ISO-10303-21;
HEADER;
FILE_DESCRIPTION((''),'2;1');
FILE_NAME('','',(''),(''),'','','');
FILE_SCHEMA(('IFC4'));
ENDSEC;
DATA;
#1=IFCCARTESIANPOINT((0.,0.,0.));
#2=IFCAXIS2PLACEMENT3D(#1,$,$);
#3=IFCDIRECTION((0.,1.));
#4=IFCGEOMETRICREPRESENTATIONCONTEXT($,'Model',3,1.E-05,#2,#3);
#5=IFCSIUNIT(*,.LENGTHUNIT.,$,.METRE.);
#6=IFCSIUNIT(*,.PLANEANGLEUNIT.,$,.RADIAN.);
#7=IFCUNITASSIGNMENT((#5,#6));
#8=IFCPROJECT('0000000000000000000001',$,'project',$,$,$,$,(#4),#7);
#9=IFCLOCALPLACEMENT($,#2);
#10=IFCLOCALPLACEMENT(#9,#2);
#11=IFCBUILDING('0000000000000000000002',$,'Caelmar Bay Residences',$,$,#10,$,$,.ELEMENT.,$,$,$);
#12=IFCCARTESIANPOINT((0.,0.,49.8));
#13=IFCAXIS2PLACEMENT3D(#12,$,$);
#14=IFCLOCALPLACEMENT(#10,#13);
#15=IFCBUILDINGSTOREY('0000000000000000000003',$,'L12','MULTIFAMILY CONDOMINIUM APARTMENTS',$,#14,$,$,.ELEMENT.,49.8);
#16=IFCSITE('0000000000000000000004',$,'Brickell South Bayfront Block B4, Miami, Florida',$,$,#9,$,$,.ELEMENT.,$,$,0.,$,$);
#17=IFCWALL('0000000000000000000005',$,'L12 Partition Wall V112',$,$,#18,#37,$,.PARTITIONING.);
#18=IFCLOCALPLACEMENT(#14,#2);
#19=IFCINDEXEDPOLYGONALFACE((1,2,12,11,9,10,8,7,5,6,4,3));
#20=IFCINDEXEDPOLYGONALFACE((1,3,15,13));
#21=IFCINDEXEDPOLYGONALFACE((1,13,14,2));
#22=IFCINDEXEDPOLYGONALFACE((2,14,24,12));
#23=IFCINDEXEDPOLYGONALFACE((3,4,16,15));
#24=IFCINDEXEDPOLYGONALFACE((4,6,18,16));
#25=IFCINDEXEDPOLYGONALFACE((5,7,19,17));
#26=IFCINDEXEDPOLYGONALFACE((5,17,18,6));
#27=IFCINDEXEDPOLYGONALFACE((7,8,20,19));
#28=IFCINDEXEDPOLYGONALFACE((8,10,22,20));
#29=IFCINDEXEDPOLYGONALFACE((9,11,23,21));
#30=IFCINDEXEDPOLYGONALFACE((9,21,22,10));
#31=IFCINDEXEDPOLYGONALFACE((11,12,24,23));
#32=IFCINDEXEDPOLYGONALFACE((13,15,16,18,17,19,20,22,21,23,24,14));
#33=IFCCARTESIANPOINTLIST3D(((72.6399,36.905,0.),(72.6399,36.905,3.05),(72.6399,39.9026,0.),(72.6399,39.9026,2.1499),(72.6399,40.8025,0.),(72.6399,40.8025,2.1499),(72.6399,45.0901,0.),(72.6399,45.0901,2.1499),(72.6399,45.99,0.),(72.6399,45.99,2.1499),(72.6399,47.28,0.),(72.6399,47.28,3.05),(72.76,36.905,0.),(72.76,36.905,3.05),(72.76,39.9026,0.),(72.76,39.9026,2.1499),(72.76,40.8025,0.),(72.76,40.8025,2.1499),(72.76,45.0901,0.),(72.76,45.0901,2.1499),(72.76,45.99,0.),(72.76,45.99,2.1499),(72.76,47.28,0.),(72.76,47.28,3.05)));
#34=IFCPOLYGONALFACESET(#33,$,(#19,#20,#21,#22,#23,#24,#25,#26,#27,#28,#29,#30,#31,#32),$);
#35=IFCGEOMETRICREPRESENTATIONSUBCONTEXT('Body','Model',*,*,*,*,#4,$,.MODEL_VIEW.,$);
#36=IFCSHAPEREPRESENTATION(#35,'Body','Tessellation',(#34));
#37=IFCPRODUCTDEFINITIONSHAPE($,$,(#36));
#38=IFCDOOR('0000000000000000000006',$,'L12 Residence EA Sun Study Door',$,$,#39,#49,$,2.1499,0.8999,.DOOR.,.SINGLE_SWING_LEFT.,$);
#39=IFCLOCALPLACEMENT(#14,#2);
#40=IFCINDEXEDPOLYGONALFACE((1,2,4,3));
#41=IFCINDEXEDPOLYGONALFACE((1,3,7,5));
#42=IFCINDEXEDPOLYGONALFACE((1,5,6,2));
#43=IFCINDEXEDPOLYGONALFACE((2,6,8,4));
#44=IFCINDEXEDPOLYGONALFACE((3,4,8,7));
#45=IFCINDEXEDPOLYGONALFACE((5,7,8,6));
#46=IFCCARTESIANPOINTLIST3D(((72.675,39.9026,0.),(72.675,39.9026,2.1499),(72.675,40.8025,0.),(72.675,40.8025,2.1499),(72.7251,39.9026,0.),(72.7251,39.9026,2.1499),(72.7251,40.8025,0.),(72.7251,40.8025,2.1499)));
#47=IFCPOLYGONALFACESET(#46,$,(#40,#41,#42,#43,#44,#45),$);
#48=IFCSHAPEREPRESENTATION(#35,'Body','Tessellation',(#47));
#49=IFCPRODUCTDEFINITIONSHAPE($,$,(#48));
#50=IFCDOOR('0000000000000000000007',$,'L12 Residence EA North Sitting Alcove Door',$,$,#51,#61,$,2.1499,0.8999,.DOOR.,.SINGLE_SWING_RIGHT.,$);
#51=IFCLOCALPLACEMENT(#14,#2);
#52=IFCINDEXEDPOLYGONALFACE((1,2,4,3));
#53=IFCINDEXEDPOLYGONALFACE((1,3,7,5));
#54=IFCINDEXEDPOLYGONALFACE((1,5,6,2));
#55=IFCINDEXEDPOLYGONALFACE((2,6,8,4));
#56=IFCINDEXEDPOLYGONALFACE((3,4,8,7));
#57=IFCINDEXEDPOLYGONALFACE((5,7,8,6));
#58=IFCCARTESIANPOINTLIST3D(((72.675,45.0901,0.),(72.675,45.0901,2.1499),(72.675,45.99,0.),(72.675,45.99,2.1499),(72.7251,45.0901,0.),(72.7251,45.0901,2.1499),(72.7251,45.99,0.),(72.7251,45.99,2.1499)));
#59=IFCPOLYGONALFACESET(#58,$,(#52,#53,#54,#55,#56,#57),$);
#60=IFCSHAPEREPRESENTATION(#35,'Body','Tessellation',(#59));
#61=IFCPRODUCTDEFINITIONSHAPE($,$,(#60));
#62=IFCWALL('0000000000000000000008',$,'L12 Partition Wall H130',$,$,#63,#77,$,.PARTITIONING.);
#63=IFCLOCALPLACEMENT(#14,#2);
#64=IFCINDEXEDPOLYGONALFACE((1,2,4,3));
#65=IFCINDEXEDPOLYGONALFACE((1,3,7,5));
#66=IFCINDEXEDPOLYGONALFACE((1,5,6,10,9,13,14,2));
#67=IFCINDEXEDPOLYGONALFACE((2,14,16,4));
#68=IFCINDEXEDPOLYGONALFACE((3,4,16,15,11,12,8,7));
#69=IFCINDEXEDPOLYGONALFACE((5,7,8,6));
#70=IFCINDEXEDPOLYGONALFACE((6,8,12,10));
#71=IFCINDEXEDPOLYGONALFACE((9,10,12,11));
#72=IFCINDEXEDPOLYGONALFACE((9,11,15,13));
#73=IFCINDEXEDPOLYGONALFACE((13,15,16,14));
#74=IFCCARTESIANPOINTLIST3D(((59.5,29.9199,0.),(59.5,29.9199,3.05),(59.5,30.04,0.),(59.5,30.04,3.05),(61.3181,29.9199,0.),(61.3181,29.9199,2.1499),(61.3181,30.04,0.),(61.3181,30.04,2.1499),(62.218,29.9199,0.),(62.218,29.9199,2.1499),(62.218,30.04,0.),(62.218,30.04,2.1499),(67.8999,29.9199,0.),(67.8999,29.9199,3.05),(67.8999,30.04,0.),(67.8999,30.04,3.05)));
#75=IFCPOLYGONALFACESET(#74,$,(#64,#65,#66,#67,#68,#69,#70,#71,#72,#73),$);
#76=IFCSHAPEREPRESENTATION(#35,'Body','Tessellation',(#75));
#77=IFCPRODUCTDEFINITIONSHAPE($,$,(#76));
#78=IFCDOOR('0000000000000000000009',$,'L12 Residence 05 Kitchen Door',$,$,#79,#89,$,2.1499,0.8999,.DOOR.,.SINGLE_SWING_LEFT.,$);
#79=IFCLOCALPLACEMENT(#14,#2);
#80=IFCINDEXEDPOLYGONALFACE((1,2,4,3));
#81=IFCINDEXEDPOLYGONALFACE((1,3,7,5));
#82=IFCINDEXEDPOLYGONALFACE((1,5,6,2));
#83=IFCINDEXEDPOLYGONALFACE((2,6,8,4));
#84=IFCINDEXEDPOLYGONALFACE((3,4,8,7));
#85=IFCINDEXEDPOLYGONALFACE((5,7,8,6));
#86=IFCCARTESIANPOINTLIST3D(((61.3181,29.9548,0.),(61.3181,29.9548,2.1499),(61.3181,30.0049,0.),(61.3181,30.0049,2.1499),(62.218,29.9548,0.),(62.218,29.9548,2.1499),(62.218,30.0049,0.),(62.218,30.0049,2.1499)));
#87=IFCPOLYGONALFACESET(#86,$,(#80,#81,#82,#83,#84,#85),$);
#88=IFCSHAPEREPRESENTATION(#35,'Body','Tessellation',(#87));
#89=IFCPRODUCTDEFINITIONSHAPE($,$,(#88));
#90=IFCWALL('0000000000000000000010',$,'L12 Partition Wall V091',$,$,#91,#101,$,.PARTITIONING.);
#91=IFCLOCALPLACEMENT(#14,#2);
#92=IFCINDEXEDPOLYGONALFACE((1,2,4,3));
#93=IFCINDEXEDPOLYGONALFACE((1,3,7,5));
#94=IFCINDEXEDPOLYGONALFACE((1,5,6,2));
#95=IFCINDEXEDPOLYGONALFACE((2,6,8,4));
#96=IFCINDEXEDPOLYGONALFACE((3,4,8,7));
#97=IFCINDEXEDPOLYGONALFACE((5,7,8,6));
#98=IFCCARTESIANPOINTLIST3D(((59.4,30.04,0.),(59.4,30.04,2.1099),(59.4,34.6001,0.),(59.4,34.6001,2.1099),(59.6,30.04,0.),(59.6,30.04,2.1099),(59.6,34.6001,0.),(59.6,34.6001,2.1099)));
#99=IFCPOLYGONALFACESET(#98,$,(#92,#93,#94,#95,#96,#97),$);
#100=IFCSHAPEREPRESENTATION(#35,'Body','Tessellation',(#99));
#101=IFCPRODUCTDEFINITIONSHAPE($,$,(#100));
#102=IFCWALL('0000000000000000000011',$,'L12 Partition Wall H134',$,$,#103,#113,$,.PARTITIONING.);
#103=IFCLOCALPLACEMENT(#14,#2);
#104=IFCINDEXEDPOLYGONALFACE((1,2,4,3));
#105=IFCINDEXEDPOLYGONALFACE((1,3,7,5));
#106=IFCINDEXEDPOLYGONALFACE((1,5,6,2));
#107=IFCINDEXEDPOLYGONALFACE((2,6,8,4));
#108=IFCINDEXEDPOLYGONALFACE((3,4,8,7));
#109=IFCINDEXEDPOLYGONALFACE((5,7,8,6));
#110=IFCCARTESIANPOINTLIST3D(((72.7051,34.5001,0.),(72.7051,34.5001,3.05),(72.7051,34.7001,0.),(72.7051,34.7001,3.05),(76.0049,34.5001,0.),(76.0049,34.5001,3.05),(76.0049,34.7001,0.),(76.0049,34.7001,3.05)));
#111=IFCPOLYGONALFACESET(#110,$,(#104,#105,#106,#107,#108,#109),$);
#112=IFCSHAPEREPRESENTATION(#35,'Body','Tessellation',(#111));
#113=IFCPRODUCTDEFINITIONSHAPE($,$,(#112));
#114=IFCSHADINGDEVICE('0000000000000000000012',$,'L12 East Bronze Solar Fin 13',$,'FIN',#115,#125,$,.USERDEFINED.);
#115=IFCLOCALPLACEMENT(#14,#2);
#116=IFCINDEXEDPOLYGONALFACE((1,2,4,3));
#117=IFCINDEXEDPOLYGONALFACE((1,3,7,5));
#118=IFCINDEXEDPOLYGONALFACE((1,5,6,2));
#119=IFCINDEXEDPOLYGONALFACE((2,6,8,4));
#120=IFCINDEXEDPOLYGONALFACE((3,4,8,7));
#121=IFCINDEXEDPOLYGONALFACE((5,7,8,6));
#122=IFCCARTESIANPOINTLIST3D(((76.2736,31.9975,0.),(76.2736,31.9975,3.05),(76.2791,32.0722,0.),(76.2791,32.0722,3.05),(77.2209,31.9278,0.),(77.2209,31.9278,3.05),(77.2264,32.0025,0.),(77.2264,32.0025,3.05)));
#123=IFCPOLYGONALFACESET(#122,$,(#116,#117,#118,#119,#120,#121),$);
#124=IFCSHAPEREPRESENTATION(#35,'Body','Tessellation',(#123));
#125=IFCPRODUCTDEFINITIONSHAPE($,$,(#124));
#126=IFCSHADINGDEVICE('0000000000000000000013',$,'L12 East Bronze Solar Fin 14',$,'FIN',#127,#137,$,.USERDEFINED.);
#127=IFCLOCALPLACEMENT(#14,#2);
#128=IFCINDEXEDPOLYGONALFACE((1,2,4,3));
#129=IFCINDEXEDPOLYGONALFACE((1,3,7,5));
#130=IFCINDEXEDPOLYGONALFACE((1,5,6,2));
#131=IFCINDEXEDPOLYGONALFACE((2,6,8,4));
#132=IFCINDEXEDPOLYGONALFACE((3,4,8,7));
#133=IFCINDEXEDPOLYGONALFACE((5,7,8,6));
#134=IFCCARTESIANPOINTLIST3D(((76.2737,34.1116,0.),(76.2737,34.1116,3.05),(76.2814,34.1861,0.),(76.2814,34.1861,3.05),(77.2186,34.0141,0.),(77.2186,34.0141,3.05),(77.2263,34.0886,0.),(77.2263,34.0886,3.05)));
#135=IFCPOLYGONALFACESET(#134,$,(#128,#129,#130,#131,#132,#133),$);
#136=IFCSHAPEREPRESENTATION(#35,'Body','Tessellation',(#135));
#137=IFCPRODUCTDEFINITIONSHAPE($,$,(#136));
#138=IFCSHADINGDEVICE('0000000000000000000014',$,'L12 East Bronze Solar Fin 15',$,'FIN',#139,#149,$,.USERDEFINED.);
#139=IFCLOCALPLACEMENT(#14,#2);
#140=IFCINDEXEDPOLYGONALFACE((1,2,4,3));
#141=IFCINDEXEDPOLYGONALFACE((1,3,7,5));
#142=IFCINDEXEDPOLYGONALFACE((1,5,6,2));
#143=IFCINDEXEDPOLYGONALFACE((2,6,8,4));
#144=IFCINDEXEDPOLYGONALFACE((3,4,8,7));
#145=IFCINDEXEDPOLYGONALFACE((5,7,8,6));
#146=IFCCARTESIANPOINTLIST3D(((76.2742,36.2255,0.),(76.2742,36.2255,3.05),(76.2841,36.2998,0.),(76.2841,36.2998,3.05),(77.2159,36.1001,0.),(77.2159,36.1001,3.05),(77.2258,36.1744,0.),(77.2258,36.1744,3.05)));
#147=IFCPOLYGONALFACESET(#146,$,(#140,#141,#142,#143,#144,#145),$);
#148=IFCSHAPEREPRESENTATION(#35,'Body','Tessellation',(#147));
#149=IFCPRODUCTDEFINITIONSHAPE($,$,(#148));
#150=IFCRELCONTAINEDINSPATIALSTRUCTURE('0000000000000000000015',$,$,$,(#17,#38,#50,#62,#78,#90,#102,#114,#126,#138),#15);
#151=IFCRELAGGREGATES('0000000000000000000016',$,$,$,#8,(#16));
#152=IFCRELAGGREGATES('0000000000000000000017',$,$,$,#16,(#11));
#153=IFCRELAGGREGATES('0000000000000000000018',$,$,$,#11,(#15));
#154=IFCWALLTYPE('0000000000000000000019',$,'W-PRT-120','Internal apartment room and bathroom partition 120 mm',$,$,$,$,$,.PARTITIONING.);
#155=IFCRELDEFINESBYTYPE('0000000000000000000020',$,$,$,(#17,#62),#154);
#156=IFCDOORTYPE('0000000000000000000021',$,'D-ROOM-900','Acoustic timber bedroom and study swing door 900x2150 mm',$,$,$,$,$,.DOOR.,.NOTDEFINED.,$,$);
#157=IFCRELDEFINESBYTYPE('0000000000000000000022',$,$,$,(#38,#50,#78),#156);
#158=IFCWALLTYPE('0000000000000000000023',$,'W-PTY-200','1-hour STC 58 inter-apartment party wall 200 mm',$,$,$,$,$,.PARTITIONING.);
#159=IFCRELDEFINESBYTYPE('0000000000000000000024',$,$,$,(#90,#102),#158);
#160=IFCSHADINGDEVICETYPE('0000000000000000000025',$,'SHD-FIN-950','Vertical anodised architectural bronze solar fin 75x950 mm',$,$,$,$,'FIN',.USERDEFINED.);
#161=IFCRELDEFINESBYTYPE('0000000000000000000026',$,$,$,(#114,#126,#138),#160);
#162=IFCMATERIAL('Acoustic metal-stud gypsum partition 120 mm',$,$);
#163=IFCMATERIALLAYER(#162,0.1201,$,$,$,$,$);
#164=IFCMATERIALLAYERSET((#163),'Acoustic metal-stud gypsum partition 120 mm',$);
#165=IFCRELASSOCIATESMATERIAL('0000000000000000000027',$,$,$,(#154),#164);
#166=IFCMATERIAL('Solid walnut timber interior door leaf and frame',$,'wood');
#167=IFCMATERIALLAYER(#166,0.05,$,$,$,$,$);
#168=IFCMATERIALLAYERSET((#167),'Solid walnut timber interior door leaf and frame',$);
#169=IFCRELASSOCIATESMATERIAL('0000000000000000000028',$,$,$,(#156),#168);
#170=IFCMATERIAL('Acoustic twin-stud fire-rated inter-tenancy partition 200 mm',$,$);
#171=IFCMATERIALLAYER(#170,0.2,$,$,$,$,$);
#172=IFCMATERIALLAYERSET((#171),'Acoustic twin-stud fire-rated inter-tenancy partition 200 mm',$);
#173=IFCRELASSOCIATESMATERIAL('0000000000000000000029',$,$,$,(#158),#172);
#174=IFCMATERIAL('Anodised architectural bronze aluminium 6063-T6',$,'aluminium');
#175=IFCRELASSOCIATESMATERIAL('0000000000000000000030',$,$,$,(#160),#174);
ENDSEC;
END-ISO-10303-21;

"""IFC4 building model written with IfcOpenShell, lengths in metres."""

from ifc_helpers import new_model, si_unit, direction, frame, frame_2d, origin, origin_2d, place, context, subcontext, project, spatial, rectangle, extrude, material, layer, layer_set, material_profile, profile_set, type_object, element, fill, save


model = new_model("IFC4")

# Units and contexts
model_context = context("Model", 3, precision=1e-05, world=origin(), true_north=direction((0.0, 1.0)))
body_context = subcontext(model_context, "Body", "Model", "MODEL_VIEW")
ifc_project = project(units=[si_unit("LENGTHUNIT", "METRE"), si_unit("PLANEANGLEUNIT", "RADIAN")], contexts=[model_context])

# Site, building, storey
site_placement = place(None, origin())
site = spatial("IfcSite", under=ifc_project, at=site_placement, Name="Brickell South Bayfront Block B4, Miami, Florida", CompositionType="ELEMENT", RefElevation=0.0)
building_placement = place(site_placement, origin())
building = spatial("IfcBuilding", under=site, at=building_placement, Name="Caelmar Bay Residences", CompositionType="ELEMENT")
storey_placement = place(building_placement, frame((0.0, 0.0, 49.8)))
storey = spatial("IfcBuildingStorey", under=building, at=storey_placement, Name="L12", Description="MULTIFAMILY CONDOMINIUM APARTMENTS", CompositionType="ELEMENT", Elevation=49.8)

# Shared definitions
ifc_material_1 = material(Name="Acoustic metal-stud gypsum partition 120 mm")
ifc_layer_1 = layer(ifc_material_1, 0.1201)
ifc_layer_set_1 = layer_set([ifc_layer_1], Name="Acoustic metal-stud gypsum partition 120 mm")
wall_type_1 = type_object("IfcWallType", Name="W-PRT-120", Description="Internal apartment room and bathroom partition 120 mm", PredefinedType="PARTITIONING", material=ifc_layer_set_1)
ifc_material_2 = material(Name="Solid walnut timber interior door leaf and frame", Category="wood")

# Wall, openings, doors
wall_1_placement = place(storey_placement, frame((72.7, 36.905, 0.0), z_axis=(0.0, 0.0, 1.0), x_axis=(0.0, 1.0, 0.0)))
wall_1 = element("IfcWall", 1, at=wall_1_placement, inside=storey, type_object=wall_type_1, Name="L12 Partition Wall V112", PredefinedType="PARTITIONING", context=body_context, shape_type="SweptSolid", body=[
    extrude(rectangle(XDim=10.375, YDim=0.1201, at=frame_2d((5.1875, 0.0))), origin(), (0.0, 0.0, 1.0), 3.05),
])
opening_1_placement = place(wall_1_placement, frame((2.9976, 0.0, 0.0)))
opening_1 = element("IfcOpeningElement", 2, at=opening_1_placement, cuts=wall_1, PredefinedType="OPENING", context=body_context, shape_type="SweptSolid", body=[
    extrude(rectangle(XDim=0.8999, YDim=2.1499, at=frame_2d((0.45, 1.075))), frame((0.0, 0.0701, 0.0), z_axis=(0.0, -1.0, 0.0), x_axis=(1.0, 0.0, 0.0)), (0.0, 0.0, 1.0), 0.1401),
])
opening_2_placement = place(wall_1_placement, frame((8.1851, 0.0, 0.0)))
opening_2 = element("IfcOpeningElement", 3, at=opening_2_placement, cuts=wall_1, PredefinedType="OPENING", context=body_context, shape_type="SweptSolid", body=[
    extrude(rectangle(XDim=0.8999, YDim=2.1499, at=frame_2d((0.45, 1.075))), frame((0.0, 0.0701, 0.0), z_axis=(0.0, -1.0, 0.0), x_axis=(1.0, 0.0, 0.0)), (0.0, 0.0, 1.0), 0.1401),
])
ifc_layer_2 = layer(ifc_material_2, 0.05)
ifc_layer_set_2 = layer_set([ifc_layer_2], Name="Solid walnut timber interior door leaf and frame")
door_type_1 = type_object("IfcDoorType", Name="D-ROOM-900", Description="Acoustic timber bedroom and study swing door 900x2150 mm", OperationType="NOTDEFINED", PredefinedType="DOOR", material=ifc_layer_set_2)
door_1_placement = place(opening_1_placement, origin())
door_1 = element("IfcDoor", 4, at=door_1_placement, inside=storey, type_object=door_type_1, Name="L12 Residence EA Sun Study Door", OperationType="SINGLE_SWING_LEFT", OverallHeight=2.1499, OverallWidth=0.8999, PredefinedType="DOOR", context=body_context, shape_type="SweptSolid", body=[
    extrude(rectangle(XDim=0.8999, YDim=2.1499, at=frame_2d((0.45, 1.075))), frame((0.0, 0.0249, 0.0), z_axis=(0.0, -1.0, 0.0), x_axis=(1.0, 0.0, 0.0)), (0.0, 0.0, 1.0), 0.05),
])
fill(opening_1, door_1)
door_2_placement = place(opening_2_placement, origin())
door_2 = element("IfcDoor", 5, at=door_2_placement, inside=storey, type_object=door_type_1, Name="L12 Residence EA North Sitting Alcove Door", OperationType="SINGLE_SWING_RIGHT", OverallHeight=2.1499, OverallWidth=0.8999, PredefinedType="DOOR", context=body_context, shape_type="SweptSolid", body=[
    extrude(rectangle(XDim=0.8999, YDim=2.1499, at=frame_2d((0.45, 1.075))), frame((0.0, 0.0249, 0.0), z_axis=(0.0, -1.0, 0.0), x_axis=(1.0, 0.0, 0.0)), (0.0, 0.0, 1.0), 0.05),
])
fill(opening_2, door_2)

# Wall, opening, door
wall_2_placement = place(storey_placement, frame((59.5, 29.98, 0.0), z_axis=(0.0, 0.0, 1.0), x_axis=(1.0, 0.0, 0.0)))
wall_2 = element("IfcWall", 6, at=wall_2_placement, inside=storey, type_object=wall_type_1, Name="L12 Partition Wall H130", PredefinedType="PARTITIONING", context=body_context, shape_type="SweptSolid", body=[
    extrude(rectangle(XDim=8.3999, YDim=0.1201, at=frame_2d((4.2, 0.0))), origin(), (0.0, 0.0, 1.0), 3.05),
])
opening_3_placement = place(wall_2_placement, frame((1.8181, 0.0, 0.0)))
opening_3 = element("IfcOpeningElement", 7, at=opening_3_placement, cuts=wall_2, PredefinedType="OPENING", context=body_context, shape_type="SweptSolid", body=[
    extrude(rectangle(XDim=0.8999, YDim=2.1499, at=frame_2d((0.45, 1.075))), frame((0.0, 0.0701, 0.0), z_axis=(0.0, -1.0, 0.0), x_axis=(1.0, 0.0, 0.0)), (0.0, 0.0, 1.0), 0.1401),
])
door_3_placement = place(opening_3_placement, origin())
door_3 = element("IfcDoor", 8, at=door_3_placement, inside=storey, type_object=door_type_1, Name="L12 Residence 05 Kitchen Door", OperationType="SINGLE_SWING_LEFT", OverallHeight=2.1499, OverallWidth=0.8999, PredefinedType="DOOR", context=body_context, shape_type="SweptSolid", body=[
    extrude(rectangle(XDim=0.8999, YDim=2.1499, at=frame_2d((0.45, 1.075))), frame((0.0, 0.0249, 0.0), z_axis=(0.0, -1.0, 0.0), x_axis=(1.0, 0.0, 0.0)), (0.0, 0.0, 1.0), 0.05),
])
fill(opening_3, door_3)

# Walls
ifc_material_3 = material(Name="Acoustic twin-stud fire-rated inter-tenancy partition 200 mm")
ifc_layer_3 = layer(ifc_material_3, 0.2)
ifc_layer_set_3 = layer_set([ifc_layer_3], Name="Acoustic twin-stud fire-rated inter-tenancy partition 200 mm")
wall_type_2 = type_object("IfcWallType", Name="W-PTY-200", Description="1-hour STC 58 inter-apartment party wall 200 mm", PredefinedType="PARTITIONING", material=ifc_layer_set_3)
wall_3_placement = place(storey_placement, frame((59.5, 30.04, 0.0), z_axis=(0.0, 0.0, 1.0), x_axis=(0.0, 1.0, 0.0)))
element("IfcWall", 9, at=wall_3_placement, inside=storey, type_object=wall_type_2, Name="L12 Partition Wall V091", PredefinedType="PARTITIONING", context=body_context, shape_type="SweptSolid", body=[
    extrude(rectangle(XDim=4.5601, YDim=0.2, at=frame_2d((2.28, 0.0))), origin(), (0.0, 0.0, 1.0), 2.1099),
])
wall_4_placement = place(storey_placement, frame((72.7051, 34.6001, 0.0), z_axis=(0.0, 0.0, 1.0), x_axis=(1.0, 0.0, 0.0)))
element("IfcWall", 10, at=wall_4_placement, inside=storey, type_object=wall_type_2, Name="L12 Partition Wall H134", PredefinedType="PARTITIONING", context=body_context, shape_type="SweptSolid", body=[
    extrude(rectangle(XDim=3.2998, YDim=0.2, at=frame_2d((1.6499, 0.0))), origin(), (0.0, 0.0, 1.0), 3.05),
])

# Shading devices
ifc_material_4 = material(Name="Anodised architectural bronze aluminium 6063-T6", Category="aluminium")
ifc_material_profile = material_profile(ifc_material_4, rectangle(XDim=0.075, YDim=0.95, at=origin_2d()), Name="BRONZE-FIN-75X950")
ifc_profile_set = profile_set([ifc_material_profile], Name="Anodised architectural bronze aluminium 6063-T6")
shading_device_type = type_object("IfcShadingDeviceType", Name="SHD-FIN-950", Description="Vertical anodised architectural bronze solar fin 75x950 mm", ElementType="FIN", PredefinedType="USERDEFINED", material=ifc_profile_set)
for number, where, z_axis, x_axis, name in (
    (11, (76.75, 32.0, 0.0), (0.0, 0.0, 1.0), (0.073412, 0.997302, 0.0), "L12 East Bronze Solar Fin 13"),
    (12, (76.75, 34.1001, 0.0), (0.0, 0.0, 1.0), (0.102619, 0.994721, 0.0), "L12 East Bronze Solar Fin 14"),
    (13, (76.75, 36.2, 0.0), (0.0, 0.0, 1.0), (0.13191, 0.991262, 0.0), "L12 East Bronze Solar Fin 15"),
):
    element("IfcShadingDevice", number, at=place(storey_placement, frame(where, z_axis=z_axis, x_axis=x_axis)), inside=storey, type_object=shading_device_type, Name=name, ObjectType="FIN", PredefinedType="USERDEFINED", context=body_context, shape_type="SweptSolid", body=[
        extrude(rectangle(XDim=0.075, YDim=0.95, at=origin_2d()), origin(), (0.0, 0.0, 1.0), 3.05),
    ])

save(model, "model.ifc")
